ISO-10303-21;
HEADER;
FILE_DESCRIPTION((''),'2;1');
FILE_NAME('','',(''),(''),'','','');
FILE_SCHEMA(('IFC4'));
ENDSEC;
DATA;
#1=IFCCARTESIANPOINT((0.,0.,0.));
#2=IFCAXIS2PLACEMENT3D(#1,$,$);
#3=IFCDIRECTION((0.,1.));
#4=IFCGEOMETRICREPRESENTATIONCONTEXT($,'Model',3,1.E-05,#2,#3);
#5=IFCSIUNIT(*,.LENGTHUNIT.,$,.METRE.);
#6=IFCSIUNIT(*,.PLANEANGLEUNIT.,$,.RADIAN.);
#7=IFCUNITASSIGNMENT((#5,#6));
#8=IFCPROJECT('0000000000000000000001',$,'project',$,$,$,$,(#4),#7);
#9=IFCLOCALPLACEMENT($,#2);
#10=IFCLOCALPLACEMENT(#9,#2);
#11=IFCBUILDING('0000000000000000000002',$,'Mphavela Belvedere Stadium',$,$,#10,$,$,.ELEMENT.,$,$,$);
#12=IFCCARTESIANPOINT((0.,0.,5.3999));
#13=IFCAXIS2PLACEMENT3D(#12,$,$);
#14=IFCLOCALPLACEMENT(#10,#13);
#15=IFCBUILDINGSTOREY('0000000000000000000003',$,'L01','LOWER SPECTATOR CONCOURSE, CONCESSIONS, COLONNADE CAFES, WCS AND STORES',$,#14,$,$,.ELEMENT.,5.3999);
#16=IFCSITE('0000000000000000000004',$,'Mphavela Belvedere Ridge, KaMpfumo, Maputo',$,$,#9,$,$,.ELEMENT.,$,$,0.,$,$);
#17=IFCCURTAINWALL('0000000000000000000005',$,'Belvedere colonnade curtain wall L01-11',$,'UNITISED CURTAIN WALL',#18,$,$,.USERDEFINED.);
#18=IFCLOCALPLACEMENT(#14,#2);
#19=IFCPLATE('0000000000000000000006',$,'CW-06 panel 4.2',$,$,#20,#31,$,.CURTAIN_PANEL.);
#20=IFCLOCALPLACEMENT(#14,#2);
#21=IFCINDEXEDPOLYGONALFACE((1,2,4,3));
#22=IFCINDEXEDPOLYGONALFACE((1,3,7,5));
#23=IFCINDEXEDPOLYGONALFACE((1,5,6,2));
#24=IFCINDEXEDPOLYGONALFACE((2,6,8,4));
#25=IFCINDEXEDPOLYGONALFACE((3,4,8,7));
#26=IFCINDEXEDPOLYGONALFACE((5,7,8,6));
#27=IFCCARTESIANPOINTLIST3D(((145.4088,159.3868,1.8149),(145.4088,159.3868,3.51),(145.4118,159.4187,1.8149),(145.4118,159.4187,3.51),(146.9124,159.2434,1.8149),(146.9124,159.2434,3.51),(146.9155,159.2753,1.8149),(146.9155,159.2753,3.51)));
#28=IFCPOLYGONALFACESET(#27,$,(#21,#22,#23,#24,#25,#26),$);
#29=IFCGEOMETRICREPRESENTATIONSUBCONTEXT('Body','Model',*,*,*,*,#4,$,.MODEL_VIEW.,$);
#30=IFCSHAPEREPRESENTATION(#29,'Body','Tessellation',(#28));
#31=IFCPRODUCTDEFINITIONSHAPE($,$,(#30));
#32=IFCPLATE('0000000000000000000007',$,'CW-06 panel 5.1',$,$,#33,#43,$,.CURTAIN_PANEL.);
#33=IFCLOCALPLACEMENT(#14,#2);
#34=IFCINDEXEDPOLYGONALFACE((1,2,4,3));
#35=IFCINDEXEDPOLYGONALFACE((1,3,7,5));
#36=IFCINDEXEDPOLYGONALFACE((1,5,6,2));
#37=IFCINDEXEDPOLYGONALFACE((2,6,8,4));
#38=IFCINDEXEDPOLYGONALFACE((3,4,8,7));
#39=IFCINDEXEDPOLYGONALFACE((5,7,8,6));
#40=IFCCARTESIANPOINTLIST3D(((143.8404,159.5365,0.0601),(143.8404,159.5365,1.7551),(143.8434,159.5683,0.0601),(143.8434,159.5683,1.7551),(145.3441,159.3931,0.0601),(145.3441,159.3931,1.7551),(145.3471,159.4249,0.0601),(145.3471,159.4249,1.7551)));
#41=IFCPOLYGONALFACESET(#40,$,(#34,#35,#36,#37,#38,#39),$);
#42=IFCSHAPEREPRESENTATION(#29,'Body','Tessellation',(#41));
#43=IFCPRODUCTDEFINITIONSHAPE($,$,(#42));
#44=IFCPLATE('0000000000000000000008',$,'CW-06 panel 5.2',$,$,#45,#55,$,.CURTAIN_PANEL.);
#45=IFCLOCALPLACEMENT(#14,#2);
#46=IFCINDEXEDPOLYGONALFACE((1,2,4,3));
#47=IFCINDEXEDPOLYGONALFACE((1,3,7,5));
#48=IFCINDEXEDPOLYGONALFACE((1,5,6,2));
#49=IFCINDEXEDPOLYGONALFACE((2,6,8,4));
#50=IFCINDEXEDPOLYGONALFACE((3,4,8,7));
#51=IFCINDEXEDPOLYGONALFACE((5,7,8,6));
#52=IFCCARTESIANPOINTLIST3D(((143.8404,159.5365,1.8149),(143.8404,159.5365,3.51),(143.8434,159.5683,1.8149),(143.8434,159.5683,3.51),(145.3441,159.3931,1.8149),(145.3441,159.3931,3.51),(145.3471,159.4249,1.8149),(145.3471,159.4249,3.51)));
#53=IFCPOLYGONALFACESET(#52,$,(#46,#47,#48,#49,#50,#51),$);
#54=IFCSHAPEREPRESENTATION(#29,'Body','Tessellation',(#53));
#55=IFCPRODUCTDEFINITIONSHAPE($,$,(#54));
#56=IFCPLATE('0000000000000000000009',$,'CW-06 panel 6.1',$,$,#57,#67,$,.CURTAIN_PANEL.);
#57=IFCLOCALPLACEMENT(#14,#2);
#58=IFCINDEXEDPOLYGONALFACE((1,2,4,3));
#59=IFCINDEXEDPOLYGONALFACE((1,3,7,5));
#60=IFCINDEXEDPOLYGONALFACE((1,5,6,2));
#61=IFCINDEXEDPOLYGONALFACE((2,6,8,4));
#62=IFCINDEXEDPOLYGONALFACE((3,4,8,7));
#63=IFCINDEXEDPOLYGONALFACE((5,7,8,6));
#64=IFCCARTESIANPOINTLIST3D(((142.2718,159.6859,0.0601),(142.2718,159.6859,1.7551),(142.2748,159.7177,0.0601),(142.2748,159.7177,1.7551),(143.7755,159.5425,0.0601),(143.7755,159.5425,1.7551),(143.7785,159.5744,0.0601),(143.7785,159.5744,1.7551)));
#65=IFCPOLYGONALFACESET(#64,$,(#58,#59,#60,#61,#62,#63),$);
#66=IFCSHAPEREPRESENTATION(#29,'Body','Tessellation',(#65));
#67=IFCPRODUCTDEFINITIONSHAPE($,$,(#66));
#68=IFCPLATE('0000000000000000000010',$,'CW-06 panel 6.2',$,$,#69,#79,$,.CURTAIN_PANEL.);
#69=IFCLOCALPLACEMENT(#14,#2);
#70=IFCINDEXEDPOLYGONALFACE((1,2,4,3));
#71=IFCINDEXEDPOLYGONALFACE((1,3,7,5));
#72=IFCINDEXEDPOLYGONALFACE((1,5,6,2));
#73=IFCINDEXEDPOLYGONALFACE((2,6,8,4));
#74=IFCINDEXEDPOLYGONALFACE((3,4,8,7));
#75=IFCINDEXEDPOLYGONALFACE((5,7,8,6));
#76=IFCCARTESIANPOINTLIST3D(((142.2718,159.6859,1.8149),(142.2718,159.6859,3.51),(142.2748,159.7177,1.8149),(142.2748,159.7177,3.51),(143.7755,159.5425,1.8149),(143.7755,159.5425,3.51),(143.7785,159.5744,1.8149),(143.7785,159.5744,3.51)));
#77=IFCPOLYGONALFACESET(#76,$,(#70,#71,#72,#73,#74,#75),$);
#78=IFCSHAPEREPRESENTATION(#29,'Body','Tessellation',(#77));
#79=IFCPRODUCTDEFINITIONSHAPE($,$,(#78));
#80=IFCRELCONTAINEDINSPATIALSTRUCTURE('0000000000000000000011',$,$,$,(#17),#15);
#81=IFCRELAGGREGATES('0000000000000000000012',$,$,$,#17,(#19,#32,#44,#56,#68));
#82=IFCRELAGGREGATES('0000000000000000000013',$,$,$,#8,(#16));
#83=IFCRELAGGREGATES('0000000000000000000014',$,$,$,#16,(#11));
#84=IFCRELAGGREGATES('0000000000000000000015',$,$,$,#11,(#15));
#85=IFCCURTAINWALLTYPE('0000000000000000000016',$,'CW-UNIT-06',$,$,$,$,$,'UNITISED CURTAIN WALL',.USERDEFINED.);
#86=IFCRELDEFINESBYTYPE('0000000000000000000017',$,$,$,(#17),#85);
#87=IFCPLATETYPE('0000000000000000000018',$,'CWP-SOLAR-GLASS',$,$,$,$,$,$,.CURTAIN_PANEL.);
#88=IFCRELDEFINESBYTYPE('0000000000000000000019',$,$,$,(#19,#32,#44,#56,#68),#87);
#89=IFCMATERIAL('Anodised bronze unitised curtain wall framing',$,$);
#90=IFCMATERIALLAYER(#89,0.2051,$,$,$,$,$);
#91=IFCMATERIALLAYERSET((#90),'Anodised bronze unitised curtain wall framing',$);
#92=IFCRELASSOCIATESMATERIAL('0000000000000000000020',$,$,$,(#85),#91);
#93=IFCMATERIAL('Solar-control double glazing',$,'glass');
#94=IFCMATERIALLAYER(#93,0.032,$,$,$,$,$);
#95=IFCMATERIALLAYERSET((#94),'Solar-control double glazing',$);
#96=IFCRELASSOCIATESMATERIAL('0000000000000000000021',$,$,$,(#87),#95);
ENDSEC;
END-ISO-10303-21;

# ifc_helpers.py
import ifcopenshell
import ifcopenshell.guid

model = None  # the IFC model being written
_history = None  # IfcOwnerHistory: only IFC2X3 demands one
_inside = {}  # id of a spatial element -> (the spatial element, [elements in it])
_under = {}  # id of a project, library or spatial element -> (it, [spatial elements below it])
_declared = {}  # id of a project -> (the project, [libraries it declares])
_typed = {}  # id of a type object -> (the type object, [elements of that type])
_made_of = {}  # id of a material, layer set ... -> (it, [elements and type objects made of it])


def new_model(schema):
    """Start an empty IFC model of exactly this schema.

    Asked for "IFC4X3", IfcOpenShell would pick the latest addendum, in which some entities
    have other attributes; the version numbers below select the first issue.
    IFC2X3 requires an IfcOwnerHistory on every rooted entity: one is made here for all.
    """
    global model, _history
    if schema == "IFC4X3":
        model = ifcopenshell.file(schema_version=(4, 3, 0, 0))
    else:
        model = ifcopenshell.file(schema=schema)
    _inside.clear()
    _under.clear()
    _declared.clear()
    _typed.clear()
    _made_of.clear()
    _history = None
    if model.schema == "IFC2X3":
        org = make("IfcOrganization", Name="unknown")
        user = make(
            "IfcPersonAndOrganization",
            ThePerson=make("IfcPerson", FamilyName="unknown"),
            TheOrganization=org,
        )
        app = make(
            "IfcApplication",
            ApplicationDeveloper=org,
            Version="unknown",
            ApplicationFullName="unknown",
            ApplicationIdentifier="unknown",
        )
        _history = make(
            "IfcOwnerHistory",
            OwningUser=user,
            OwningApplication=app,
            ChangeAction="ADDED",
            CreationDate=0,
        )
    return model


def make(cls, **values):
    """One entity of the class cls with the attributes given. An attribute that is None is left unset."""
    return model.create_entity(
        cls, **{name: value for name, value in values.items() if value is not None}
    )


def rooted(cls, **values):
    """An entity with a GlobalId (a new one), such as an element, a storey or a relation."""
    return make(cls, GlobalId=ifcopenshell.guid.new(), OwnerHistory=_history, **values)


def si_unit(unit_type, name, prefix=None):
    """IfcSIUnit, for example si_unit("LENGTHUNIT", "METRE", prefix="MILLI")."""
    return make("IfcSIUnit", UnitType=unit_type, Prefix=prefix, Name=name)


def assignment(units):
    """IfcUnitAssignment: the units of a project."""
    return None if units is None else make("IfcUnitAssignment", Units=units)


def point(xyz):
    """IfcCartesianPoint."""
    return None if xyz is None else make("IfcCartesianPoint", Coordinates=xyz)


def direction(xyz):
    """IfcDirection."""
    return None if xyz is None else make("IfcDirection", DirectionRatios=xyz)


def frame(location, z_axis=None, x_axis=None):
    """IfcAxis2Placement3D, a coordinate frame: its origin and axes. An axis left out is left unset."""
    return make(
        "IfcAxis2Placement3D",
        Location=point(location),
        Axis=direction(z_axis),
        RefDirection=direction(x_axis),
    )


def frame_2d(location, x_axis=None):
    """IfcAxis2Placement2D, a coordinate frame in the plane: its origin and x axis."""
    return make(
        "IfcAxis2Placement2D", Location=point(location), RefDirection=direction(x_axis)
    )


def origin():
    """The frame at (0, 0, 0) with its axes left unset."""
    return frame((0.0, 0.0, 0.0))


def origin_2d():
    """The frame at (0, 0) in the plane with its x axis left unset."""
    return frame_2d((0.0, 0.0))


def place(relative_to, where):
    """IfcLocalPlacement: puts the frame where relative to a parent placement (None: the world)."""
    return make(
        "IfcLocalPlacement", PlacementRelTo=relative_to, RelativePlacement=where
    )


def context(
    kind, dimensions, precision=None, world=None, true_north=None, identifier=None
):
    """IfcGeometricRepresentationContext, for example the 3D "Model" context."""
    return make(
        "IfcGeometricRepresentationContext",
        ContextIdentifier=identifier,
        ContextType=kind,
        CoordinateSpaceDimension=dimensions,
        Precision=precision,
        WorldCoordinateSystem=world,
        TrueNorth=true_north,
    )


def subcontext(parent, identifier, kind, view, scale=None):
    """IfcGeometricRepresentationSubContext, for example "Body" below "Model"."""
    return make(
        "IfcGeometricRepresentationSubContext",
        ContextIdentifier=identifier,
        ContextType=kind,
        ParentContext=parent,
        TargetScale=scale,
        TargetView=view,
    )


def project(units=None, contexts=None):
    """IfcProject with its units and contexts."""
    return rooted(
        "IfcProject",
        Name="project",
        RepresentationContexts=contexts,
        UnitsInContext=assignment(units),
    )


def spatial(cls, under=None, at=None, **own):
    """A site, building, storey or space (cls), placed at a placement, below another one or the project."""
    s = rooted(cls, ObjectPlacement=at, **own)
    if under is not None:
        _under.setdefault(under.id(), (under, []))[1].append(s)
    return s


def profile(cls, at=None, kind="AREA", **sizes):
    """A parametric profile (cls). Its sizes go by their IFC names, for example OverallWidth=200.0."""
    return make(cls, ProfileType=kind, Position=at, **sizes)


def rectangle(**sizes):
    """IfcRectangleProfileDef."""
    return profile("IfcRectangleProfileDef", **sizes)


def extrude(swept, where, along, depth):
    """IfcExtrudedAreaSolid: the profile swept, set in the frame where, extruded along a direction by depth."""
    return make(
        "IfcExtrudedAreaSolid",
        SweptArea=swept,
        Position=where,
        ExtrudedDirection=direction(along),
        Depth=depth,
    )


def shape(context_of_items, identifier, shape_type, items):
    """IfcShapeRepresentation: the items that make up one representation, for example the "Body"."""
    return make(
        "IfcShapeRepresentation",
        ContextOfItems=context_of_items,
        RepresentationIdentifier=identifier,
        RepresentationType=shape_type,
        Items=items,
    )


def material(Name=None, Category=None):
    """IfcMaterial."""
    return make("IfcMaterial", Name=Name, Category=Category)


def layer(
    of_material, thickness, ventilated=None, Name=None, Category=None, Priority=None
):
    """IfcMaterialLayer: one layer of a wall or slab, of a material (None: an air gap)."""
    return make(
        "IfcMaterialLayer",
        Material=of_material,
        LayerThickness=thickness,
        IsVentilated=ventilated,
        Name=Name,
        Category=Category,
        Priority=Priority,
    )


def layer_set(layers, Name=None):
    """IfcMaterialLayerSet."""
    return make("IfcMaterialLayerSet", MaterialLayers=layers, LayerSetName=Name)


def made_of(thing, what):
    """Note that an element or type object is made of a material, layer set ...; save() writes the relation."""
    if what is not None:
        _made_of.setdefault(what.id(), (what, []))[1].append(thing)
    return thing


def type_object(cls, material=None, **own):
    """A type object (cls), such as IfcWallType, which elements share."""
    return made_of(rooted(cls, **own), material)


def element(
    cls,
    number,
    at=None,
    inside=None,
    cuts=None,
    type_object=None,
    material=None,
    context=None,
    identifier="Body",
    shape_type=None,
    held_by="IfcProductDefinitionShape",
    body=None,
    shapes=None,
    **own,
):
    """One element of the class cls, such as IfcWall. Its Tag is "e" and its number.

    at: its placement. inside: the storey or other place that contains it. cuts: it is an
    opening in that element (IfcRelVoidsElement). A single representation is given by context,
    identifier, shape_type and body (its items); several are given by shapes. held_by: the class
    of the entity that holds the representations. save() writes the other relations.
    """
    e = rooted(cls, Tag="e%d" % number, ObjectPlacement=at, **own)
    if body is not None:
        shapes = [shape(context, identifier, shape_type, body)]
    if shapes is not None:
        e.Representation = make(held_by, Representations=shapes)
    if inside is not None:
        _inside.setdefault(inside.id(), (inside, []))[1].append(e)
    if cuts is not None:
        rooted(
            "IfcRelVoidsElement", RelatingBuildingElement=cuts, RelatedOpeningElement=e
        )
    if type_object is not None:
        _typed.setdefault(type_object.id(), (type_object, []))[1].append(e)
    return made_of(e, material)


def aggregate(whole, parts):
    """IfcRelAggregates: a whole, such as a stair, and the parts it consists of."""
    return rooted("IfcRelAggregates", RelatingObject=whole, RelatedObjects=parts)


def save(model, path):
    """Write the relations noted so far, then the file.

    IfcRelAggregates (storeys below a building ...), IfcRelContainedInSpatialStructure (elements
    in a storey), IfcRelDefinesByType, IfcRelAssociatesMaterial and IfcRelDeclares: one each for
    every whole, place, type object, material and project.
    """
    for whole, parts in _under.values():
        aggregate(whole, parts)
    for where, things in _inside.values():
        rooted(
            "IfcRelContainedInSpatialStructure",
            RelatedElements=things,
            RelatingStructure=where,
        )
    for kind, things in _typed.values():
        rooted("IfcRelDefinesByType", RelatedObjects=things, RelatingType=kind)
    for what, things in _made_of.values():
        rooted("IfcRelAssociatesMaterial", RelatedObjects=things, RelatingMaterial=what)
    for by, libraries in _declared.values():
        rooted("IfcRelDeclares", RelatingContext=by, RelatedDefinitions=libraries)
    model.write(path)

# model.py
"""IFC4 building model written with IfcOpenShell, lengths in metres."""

from ifc_helpers import new_model, si_unit, direction, frame, origin, origin_2d, place, context, subcontext, project, spatial, rectangle, extrude, material, layer, layer_set, type_object, element, aggregate, save


model = new_model("IFC4")

# Units and contexts
model_context = context("Model", 3, precision=1e-05, world=origin(), true_north=direction((0.0, 1.0)))
body_context = subcontext(model_context, "Body", "Model", "MODEL_VIEW")
ifc_project = project(units=[si_unit("LENGTHUNIT", "METRE"), si_unit("PLANEANGLEUNIT", "RADIAN")], contexts=[model_context])

# Site, building, storey
site_placement = place(None, origin())
site = spatial("IfcSite", under=ifc_project, at=site_placement, Name="Mphavela Belvedere Ridge, KaMpfumo, Maputo", CompositionType="ELEMENT", RefElevation=0.0)
building_placement = place(site_placement, origin())
building = spatial("IfcBuilding", under=site, at=building_placement, Name="Mphavela Belvedere Stadium", CompositionType="ELEMENT")
storey_placement = place(building_placement, frame((0.0, 0.0, 5.3999)))
storey = spatial("IfcBuildingStorey", under=building, at=storey_placement, Name="L01", Description="LOWER SPECTATOR CONCOURSE, CONCESSIONS, COLONNADE CAFES, WCS AND STORES", CompositionType="ELEMENT", Elevation=5.3999)

# Curtain wall, plates
ifc_material_1 = material(Name="Anodised bronze unitised curtain wall framing")
ifc_layer_1 = layer(ifc_material_1, 0.2051)
ifc_layer_set_1 = layer_set([ifc_layer_1], Name="Anodised bronze unitised curtain wall framing")
curtain_wall_type = type_object("IfcCurtainWallType", Name="CW-UNIT-06", ElementType="UNITISED CURTAIN WALL", PredefinedType="USERDEFINED", material=ifc_layer_set_1)
curtain_wall_placement = place(storey_placement, origin())
curtain_wall = element("IfcCurtainWall", 1, at=curtain_wall_placement, inside=storey, type_object=curtain_wall_type, Name="Belvedere colonnade curtain wall L01-11", ObjectType="UNITISED CURTAIN WALL", PredefinedType="USERDEFINED")
ifc_material_2 = material(Name="Solar-control double glazing", Category="glass")
ifc_layer_2 = layer(ifc_material_2, 0.032)
ifc_layer_set_2 = layer_set([ifc_layer_2], Name="Solar-control double glazing")
plate_type = type_object("IfcPlateType", Name="CWP-SOLAR-GLASS", PredefinedType="CURTAIN_PANEL", material=ifc_layer_set_2)
plate_1_placement = place(storey_placement, frame((146.1621, 159.3311, 1.8149), z_axis=(0.0, 0.0, 1.0), x_axis=(-0.995485, 0.094922, 0.0)))
plate_1 = element("IfcPlate", 2, at=plate_1_placement, type_object=plate_type, Name="CW-06 panel 4.2", PredefinedType="CURTAIN_PANEL", context=body_context, shape_type="SweptSolid", body=[
    extrude(rectangle(XDim=1.5105, YDim=0.032, at=origin_2d()), origin(), (0.0, 0.0, 1.0), 1.6951),
])
plate_2_placement = place(storey_placement, frame((144.5938, 159.4807, 0.0601), z_axis=(0.0, 0.0, 1.0), x_axis=(-0.995485, 0.094922, 0.0)))
plate_2 = element("IfcPlate", 3, at=plate_2_placement, type_object=plate_type, Name="CW-06 panel 5.1", PredefinedType="CURTAIN_PANEL", context=body_context, shape_type="SweptSolid", body=[
    extrude(rectangle(XDim=1.5105, YDim=0.032, at=origin_2d()), origin(), (0.0, 0.0, 1.0), 1.6951),
])
plate_3_placement = place(storey_placement, frame((144.5938, 159.4807, 1.8149), z_axis=(0.0, 0.0, 1.0), x_axis=(-0.995485, 0.094922, 0.0)))
plate_3 = element("IfcPlate", 4, at=plate_3_placement, type_object=plate_type, Name="CW-06 panel 5.2", PredefinedType="CURTAIN_PANEL", context=body_context, shape_type="SweptSolid", body=[
    extrude(rectangle(XDim=1.5105, YDim=0.032, at=origin_2d()), origin(), (0.0, 0.0, 1.0), 1.6951),
])
plate_4_placement = place(storey_placement, frame((143.0251, 159.6301, 0.0601), z_axis=(0.0, 0.0, 1.0), x_axis=(-0.995485, 0.094922, 0.0)))
plate_4 = element("IfcPlate", 5, at=plate_4_placement, type_object=plate_type, Name="CW-06 panel 6.1", PredefinedType="CURTAIN_PANEL", context=body_context, shape_type="SweptSolid", body=[
    extrude(rectangle(XDim=1.5105, YDim=0.032, at=origin_2d()), origin(), (0.0, 0.0, 1.0), 1.6951),
])
plate_5_placement = place(storey_placement, frame((143.0251, 159.6301, 1.8149), z_axis=(0.0, 0.0, 1.0), x_axis=(-0.995485, 0.094922, 0.0)))
plate_5 = element("IfcPlate", 6, at=plate_5_placement, type_object=plate_type, Name="CW-06 panel 6.2", PredefinedType="CURTAIN_PANEL", context=body_context, shape_type="SweptSolid", body=[
    extrude(rectangle(XDim=1.5105, YDim=0.032, at=origin_2d()), origin(), (0.0, 0.0, 1.0), 1.6951),
])
aggregate(curtain_wall, [plate_1, plate_2, plate_3, plate_4, plate_5])

save(model, "model.ifc")
